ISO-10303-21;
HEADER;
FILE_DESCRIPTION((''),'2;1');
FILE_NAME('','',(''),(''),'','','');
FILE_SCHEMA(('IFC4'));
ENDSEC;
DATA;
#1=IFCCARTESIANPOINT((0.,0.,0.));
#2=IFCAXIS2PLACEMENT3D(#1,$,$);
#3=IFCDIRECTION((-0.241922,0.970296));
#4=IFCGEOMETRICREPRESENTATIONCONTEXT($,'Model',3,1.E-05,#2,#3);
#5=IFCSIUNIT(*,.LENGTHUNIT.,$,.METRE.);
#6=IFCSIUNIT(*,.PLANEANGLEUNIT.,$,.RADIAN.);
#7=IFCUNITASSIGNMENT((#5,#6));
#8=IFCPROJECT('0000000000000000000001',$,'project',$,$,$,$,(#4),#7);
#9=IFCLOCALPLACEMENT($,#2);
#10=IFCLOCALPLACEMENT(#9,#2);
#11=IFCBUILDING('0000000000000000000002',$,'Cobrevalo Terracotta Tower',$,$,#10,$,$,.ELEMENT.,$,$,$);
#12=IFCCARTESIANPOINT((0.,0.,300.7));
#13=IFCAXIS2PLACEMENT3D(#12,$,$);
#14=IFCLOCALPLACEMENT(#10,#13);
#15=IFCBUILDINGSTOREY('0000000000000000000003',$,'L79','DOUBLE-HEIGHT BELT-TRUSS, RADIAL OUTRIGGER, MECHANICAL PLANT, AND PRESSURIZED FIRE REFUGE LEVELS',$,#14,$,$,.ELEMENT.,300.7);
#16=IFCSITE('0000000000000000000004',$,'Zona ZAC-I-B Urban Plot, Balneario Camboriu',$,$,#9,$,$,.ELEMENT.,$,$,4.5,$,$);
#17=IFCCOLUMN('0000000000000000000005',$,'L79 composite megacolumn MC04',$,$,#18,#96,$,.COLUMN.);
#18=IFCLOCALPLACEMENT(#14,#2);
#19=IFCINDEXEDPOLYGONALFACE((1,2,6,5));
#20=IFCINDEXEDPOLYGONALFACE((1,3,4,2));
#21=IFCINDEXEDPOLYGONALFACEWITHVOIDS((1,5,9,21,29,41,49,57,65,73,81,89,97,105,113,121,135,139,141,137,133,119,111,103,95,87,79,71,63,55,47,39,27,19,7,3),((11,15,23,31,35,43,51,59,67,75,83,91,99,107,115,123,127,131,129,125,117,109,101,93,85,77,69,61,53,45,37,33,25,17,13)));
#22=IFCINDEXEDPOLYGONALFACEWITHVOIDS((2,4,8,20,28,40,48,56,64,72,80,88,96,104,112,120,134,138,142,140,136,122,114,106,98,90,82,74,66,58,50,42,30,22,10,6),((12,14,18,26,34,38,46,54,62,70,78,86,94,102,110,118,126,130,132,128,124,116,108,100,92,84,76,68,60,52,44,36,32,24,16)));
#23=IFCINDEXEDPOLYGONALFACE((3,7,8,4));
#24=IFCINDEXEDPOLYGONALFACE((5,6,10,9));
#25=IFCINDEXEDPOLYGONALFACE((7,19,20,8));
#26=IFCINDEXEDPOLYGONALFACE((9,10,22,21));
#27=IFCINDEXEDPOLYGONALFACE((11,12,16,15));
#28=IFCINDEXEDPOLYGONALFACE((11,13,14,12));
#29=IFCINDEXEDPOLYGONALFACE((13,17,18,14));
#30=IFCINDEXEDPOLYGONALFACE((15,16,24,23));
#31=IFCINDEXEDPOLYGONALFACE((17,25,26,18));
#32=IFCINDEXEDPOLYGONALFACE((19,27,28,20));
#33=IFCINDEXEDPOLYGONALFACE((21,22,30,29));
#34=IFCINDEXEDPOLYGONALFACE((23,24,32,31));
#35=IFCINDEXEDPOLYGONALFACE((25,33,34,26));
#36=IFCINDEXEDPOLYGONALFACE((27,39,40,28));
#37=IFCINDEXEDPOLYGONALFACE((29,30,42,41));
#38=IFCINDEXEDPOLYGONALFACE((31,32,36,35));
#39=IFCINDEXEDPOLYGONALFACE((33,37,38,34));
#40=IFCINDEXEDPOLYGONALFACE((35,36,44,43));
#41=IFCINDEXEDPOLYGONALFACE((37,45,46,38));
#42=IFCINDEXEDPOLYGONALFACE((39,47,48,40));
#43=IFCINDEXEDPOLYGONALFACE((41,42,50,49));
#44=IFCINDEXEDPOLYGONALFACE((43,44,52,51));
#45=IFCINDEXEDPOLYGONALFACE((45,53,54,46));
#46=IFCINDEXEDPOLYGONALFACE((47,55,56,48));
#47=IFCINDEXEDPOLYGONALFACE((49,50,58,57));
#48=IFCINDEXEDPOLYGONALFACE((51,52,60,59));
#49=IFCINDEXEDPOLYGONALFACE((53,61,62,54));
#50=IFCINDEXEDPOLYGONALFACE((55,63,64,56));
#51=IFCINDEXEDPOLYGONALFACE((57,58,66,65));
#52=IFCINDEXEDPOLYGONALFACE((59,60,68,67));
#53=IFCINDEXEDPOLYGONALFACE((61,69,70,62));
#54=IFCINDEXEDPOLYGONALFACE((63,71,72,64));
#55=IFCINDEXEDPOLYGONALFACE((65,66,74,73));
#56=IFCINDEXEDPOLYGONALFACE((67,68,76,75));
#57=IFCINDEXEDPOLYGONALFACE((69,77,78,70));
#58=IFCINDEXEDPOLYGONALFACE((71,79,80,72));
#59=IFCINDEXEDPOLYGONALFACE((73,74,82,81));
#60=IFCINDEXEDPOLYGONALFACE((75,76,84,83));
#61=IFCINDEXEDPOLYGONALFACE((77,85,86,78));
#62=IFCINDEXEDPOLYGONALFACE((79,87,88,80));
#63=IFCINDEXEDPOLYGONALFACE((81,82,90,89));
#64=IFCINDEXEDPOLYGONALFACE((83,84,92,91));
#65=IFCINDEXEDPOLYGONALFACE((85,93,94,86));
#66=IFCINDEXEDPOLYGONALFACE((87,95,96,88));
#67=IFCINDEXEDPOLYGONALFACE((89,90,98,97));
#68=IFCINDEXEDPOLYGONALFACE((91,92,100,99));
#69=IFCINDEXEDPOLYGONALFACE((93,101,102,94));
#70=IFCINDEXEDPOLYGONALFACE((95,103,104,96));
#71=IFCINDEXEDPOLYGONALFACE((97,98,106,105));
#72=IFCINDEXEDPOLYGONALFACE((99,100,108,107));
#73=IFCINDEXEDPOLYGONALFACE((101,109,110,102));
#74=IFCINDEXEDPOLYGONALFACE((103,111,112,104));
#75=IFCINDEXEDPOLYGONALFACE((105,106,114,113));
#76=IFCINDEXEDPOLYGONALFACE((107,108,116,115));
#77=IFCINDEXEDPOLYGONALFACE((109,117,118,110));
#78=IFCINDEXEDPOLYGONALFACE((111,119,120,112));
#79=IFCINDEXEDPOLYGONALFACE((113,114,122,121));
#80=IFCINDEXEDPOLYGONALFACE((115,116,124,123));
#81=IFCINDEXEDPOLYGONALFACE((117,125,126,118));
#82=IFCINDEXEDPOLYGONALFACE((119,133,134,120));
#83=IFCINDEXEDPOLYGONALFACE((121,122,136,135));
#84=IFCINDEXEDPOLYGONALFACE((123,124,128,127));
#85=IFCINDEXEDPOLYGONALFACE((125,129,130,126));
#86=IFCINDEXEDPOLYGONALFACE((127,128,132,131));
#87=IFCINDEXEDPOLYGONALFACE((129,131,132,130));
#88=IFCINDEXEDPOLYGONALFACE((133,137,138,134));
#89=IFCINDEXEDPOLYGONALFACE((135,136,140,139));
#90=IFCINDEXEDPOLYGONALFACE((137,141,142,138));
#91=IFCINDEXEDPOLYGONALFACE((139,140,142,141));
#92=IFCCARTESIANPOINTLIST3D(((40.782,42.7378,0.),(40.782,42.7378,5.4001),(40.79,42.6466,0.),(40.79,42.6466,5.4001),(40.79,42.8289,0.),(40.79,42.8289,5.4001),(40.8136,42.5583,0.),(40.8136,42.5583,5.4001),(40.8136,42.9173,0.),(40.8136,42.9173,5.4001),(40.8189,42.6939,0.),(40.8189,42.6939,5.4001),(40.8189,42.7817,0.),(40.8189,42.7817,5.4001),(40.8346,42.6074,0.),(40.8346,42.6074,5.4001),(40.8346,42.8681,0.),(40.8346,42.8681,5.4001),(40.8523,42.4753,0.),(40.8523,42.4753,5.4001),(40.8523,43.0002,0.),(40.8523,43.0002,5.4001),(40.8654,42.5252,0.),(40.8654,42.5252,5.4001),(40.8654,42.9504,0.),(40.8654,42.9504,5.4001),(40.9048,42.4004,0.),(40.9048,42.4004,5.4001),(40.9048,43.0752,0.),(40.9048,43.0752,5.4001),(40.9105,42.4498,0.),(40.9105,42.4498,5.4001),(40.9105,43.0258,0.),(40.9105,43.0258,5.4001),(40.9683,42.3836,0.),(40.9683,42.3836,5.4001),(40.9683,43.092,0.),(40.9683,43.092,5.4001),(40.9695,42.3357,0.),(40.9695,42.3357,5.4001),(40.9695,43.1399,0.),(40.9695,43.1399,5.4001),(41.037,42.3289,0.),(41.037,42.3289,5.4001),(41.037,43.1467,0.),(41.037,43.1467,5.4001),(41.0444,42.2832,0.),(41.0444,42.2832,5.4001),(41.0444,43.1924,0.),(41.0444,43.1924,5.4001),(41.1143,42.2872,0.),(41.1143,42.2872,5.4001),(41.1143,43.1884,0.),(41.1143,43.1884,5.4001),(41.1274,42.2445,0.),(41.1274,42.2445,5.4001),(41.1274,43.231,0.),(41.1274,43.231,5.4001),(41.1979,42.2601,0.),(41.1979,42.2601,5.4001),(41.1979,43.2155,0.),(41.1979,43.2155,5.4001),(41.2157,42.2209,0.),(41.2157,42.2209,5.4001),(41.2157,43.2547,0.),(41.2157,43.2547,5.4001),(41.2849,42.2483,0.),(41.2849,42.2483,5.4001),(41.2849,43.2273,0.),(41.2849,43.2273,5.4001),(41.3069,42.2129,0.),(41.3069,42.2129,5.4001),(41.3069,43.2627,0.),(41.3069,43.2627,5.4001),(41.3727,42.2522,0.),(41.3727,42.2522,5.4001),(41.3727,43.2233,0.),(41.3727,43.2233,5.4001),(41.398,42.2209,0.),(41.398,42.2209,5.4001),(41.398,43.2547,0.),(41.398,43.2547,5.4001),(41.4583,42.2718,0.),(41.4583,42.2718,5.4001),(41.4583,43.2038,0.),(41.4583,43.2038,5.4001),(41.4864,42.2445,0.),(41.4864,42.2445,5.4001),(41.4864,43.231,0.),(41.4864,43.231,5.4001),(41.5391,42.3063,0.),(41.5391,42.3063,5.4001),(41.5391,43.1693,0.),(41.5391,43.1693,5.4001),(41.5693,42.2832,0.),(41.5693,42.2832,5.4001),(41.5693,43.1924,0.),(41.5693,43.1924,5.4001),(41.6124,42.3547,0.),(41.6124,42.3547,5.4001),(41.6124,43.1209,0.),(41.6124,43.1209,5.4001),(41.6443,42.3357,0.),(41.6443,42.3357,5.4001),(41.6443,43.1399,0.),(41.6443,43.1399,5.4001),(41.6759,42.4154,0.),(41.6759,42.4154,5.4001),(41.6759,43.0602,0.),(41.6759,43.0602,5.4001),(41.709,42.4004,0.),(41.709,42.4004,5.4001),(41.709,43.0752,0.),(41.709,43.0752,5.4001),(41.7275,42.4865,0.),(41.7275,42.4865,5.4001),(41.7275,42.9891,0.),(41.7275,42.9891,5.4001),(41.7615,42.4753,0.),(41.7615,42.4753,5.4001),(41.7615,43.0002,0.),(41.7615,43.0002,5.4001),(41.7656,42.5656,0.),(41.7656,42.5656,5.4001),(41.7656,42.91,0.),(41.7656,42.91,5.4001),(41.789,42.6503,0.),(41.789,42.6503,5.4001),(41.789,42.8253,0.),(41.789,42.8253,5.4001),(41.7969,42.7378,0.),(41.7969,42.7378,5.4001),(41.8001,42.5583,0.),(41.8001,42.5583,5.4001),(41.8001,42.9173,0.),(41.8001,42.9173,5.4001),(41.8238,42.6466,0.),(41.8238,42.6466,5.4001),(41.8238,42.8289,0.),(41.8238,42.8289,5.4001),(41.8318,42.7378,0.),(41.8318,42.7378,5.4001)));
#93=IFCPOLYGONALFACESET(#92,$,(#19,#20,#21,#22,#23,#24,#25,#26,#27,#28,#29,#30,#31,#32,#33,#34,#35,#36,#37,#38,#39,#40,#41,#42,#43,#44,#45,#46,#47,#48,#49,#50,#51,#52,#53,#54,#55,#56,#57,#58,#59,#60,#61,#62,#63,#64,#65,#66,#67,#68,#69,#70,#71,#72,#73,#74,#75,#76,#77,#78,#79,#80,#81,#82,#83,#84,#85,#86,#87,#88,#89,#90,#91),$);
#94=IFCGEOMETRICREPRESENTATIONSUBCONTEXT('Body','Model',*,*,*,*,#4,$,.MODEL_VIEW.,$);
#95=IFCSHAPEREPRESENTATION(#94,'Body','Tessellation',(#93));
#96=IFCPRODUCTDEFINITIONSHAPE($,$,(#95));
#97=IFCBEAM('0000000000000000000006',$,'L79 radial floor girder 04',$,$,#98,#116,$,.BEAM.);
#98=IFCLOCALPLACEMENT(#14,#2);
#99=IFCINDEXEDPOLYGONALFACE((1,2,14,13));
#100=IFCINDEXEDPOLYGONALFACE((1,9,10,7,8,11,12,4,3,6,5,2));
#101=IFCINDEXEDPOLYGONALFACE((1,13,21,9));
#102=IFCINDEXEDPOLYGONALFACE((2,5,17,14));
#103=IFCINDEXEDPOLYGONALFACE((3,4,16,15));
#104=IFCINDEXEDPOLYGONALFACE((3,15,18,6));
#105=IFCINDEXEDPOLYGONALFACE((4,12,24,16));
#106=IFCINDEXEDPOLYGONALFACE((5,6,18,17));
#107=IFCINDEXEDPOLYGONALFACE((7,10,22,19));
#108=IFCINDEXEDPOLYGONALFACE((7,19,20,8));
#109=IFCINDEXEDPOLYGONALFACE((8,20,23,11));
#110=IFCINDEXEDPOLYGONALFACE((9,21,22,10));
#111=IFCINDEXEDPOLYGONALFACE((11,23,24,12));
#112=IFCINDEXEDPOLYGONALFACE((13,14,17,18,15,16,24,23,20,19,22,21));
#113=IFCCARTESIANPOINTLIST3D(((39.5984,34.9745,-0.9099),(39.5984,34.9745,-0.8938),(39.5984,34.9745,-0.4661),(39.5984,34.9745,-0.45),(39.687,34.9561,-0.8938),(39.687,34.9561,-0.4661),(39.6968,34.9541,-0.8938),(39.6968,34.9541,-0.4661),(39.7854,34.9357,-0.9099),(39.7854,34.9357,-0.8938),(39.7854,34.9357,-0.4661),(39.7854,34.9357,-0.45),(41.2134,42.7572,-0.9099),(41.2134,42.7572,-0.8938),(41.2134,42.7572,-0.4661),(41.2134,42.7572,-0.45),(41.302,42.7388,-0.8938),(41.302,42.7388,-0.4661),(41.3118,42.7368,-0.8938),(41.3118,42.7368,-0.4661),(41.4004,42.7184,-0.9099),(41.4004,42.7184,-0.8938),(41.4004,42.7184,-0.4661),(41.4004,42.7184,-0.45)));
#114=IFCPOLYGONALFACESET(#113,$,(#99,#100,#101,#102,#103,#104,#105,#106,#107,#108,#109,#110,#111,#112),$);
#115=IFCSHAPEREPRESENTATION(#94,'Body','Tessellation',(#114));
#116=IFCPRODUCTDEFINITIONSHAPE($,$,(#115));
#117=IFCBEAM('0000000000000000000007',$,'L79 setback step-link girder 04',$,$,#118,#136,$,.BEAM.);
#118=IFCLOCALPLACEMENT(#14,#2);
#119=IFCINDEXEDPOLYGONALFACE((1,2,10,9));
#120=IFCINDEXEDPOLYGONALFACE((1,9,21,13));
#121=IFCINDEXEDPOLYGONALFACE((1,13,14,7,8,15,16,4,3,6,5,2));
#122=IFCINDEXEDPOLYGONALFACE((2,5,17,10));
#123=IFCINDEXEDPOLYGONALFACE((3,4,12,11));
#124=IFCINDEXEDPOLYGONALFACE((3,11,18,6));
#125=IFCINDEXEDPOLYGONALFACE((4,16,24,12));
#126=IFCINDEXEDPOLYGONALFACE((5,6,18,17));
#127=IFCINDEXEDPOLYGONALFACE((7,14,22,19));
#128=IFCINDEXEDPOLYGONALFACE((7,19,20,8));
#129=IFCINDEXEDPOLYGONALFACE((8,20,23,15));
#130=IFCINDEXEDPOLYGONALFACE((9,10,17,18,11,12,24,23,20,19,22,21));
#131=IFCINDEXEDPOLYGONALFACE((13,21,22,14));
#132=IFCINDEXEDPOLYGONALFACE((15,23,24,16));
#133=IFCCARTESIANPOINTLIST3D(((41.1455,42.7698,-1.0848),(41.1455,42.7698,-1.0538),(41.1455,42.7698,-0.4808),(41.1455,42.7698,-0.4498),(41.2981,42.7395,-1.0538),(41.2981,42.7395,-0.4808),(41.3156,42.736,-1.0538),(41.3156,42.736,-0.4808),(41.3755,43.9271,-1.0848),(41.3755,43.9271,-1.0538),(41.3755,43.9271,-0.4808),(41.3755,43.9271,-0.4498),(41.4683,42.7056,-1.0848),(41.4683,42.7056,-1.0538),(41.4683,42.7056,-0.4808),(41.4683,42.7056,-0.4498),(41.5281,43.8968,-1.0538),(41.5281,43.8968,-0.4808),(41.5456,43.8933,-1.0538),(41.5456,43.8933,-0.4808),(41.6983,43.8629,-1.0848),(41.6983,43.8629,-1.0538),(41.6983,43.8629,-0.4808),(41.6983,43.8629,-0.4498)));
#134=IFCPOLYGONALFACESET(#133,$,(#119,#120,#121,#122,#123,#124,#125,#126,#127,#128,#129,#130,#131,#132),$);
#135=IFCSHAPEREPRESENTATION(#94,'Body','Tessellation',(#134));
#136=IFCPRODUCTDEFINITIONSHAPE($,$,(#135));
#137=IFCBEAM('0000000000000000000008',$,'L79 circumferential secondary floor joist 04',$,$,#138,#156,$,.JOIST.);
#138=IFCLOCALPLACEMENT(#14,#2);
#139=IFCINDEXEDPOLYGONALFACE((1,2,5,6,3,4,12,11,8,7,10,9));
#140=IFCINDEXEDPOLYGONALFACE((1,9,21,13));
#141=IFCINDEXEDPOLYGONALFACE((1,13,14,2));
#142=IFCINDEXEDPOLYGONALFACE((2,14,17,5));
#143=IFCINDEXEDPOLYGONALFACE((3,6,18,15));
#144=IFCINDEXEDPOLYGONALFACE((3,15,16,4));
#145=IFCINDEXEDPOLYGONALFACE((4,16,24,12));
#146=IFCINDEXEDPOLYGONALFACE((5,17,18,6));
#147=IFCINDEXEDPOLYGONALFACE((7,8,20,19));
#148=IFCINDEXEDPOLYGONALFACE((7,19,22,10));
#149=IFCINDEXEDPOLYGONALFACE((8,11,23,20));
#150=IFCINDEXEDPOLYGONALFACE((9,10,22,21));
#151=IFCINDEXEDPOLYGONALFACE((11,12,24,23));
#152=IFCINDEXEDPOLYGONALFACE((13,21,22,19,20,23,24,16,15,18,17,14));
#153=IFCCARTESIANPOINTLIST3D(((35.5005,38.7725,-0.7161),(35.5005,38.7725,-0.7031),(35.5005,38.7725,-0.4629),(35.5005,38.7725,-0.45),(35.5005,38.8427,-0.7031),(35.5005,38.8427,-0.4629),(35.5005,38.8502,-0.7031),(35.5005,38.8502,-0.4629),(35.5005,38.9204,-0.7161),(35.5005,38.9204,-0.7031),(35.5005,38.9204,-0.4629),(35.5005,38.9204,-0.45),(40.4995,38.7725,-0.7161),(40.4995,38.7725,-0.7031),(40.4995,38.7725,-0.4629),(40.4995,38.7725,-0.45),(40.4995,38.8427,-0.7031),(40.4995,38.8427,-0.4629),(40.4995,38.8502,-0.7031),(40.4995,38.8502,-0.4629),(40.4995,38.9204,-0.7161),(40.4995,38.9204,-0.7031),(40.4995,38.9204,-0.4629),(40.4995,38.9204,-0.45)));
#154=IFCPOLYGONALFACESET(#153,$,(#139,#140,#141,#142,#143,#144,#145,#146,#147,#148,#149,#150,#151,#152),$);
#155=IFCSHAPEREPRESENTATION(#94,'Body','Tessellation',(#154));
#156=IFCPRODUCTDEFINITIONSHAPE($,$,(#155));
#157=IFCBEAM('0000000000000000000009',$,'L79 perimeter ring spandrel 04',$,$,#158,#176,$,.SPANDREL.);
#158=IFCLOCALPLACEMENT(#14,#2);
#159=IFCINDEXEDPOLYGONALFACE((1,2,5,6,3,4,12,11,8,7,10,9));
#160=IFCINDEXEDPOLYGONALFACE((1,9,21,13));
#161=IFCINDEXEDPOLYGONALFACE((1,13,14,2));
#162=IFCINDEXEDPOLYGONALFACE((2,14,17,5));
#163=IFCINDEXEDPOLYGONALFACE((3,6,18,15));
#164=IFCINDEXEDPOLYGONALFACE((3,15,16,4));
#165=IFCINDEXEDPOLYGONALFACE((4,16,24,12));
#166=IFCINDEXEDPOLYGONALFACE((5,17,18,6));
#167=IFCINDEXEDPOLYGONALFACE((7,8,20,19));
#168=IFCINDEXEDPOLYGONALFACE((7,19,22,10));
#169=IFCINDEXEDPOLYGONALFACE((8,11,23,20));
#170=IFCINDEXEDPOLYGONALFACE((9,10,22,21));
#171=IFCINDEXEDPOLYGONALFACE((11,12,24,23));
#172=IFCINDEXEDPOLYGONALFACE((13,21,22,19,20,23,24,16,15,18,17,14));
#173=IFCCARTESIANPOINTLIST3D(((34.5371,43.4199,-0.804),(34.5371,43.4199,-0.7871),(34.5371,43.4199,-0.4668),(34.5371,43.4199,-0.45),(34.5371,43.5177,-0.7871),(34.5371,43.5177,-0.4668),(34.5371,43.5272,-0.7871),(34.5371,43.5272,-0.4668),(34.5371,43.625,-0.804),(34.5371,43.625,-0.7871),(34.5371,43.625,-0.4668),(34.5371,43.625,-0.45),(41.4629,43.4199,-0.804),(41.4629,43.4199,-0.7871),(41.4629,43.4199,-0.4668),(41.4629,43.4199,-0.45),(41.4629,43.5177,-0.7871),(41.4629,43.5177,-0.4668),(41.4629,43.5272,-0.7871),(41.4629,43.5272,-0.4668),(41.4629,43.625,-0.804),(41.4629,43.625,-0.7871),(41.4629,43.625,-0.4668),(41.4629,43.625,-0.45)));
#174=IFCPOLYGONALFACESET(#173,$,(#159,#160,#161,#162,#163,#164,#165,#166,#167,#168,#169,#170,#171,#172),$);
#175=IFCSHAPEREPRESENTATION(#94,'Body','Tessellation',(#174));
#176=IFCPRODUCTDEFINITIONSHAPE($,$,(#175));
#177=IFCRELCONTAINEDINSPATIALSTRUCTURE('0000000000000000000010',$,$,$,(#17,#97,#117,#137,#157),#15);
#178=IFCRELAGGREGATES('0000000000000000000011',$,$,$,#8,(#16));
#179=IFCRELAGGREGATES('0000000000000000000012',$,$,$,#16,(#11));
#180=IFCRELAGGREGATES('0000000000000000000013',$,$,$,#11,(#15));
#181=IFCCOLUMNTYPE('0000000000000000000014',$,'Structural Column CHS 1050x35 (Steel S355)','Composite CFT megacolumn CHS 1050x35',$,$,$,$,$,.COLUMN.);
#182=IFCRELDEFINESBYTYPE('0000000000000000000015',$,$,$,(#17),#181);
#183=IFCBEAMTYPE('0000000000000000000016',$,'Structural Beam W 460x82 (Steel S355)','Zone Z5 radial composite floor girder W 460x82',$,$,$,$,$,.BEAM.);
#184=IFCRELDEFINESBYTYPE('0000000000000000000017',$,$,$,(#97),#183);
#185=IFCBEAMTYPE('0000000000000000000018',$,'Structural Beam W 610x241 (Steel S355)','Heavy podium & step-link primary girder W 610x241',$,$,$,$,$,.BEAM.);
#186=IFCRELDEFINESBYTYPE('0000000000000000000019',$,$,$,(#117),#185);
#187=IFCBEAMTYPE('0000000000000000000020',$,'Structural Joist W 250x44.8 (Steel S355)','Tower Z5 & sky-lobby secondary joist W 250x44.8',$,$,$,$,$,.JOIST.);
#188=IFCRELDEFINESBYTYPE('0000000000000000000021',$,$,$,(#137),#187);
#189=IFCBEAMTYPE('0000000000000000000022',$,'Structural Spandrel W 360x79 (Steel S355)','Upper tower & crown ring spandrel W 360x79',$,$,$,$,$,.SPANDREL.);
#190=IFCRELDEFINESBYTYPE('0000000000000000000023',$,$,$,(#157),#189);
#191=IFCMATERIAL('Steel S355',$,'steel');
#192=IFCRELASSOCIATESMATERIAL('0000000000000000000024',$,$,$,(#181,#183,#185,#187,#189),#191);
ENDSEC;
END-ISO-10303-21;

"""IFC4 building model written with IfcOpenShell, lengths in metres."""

from ifc_helpers import new_model, si_unit, direction, frame, origin, origin_2d, place, context, subcontext, project, spatial, hollow_circle, i_section, extrude, material, material_profile, profile_set, type_object, element, save


model = new_model("IFC4")

# Units and contexts
model_context = context("Model", 3, precision=1e-05, world=origin(), true_north=direction((-0.241922, 0.970296)))
body_context = subcontext(model_context, "Body", "Model", "MODEL_VIEW")
ifc_project = project(units=[si_unit("LENGTHUNIT", "METRE"), si_unit("PLANEANGLEUNIT", "RADIAN")], contexts=[model_context])

# Site, building, storey
site_placement = place(None, origin())
site = spatial("IfcSite", under=ifc_project, at=site_placement, Name="Zona ZAC-I-B Urban Plot, Balneario Camboriu", CompositionType="ELEMENT", RefElevation=4.5)
building_placement = place(site_placement, origin())
building = spatial("IfcBuilding", under=site, at=building_placement, Name="Cobrevalo Terracotta Tower", CompositionType="ELEMENT")
storey_placement = place(building_placement, frame((0.0, 0.0, 300.7)))
storey = spatial("IfcBuildingStorey", under=building, at=storey_placement, Name="L79", Description="DOUBLE-HEIGHT BELT-TRUSS, RADIAL OUTRIGGER, MECHANICAL PLANT, AND PRESSURIZED FIRE REFUGE LEVELS", CompositionType="ELEMENT", Elevation=300.7)

# Column
ifc_material_1 = material(Name="Steel S355", Category="steel")
ifc_material_profile_1 = material_profile(ifc_material_1, hollow_circle(Radius=0.5249, WallThickness=0.0349, at=origin_2d()), Name="CHS 1050x35")
ifc_profile_set_1 = profile_set([ifc_material_profile_1], Name="Steel S355")
column_type = type_object("IfcColumnType", Name="Structural Column CHS 1050x35 (Steel S355)", Description="Composite CFT megacolumn CHS 1050x35", PredefinedType="COLUMN", material=ifc_profile_set_1)
column_placement = place(storey_placement, frame((41.3069, 42.7378, 0.0), z_axis=(0.0, 0.0, 1.0), x_axis=(1.0, 0.0, 0.0)))
element("IfcColumn", 1, at=column_placement, inside=storey, type_object=column_type, Name="L79 composite megacolumn MC04", PredefinedType="COLUMN", context=body_context, shape_type="SweptSolid", body=[
    extrude(hollow_circle(Radius=0.5249, WallThickness=0.0349, at=origin_2d()), origin(), (0.0, 0.0, 1.0), 5.4001),
])

# Beams
ifc_material_profile_2 = material_profile(ifc_material_1, i_section(OverallWidth=0.1909, OverallDepth=0.46, WebThickness=0.01, FlangeThickness=0.0161, at=origin_2d()), Name="W 460x82")
ifc_profile_set_2 = profile_set([ifc_material_profile_2], Name="Steel S355")
beam_type_1 = type_object("IfcBeamType", Name="Structural Beam W 460x82 (Steel S355)", Description="Zone Z5 radial composite floor girder W 460x82", PredefinedType="BEAM", material=ifc_profile_set_2)
beam_1_placement = place(storey_placement, frame((41.3069, 42.7378, -0.6799), z_axis=(-0.203181, -0.979141, 0.0), x_axis=(0.979141, -0.203181, 0.0)))
element("IfcBeam", 2, at=beam_1_placement, inside=storey, type_object=beam_type_1, Name="L79 radial floor girder 04", PredefinedType="BEAM", context=body_context, shape_type="SweptSolid", body=[
    extrude(i_section(OverallWidth=0.1909, OverallDepth=0.46, WebThickness=0.01, FlangeThickness=0.0161, at=origin_2d()), origin(), (0.0, 0.0, 1.0), 7.9485),
])
ifc_material_profile_3 = material_profile(ifc_material_1, i_section(OverallWidth=0.3291, OverallDepth=0.635, WebThickness=0.0178, FlangeThickness=0.031, at=origin_2d()), Name="W 610x241")
ifc_profile_set_3 = profile_set([ifc_material_profile_3], Name="Steel S355")
beam_type_2 = type_object("IfcBeamType", Name="Structural Beam W 610x241 (Steel S355)", Description="Heavy podium & step-link primary girder W 610x241", PredefinedType="BEAM", material=ifc_profile_set_3)
beam_2_placement = place(storey_placement, frame((41.5369, 43.895, -0.7673), z_axis=(-0.194922, -0.980819, 0.0), x_axis=(0.980819, -0.194922, 0.0)))
element("IfcBeam", 3, at=beam_2_placement, inside=storey, type_object=beam_type_2, Name="L79 setback step-link girder 04", PredefinedType="BEAM", context=body_context, shape_type="SweptSolid", body=[
    extrude(i_section(OverallWidth=0.3291, OverallDepth=0.635, WebThickness=0.0178, FlangeThickness=0.031, at=origin_2d()), origin(), (0.0, 0.0, 1.0), 1.1799),
])
ifc_material_profile_4 = material_profile(ifc_material_1, i_section(OverallWidth=0.1479, OverallDepth=0.2661, WebThickness=0.0076, FlangeThickness=0.0129, at=origin_2d()), Name="W 250x44.8")
ifc_profile_set_4 = profile_set([ifc_material_profile_4], Name="Steel S355")
beam_type_3 = type_object("IfcBeamType", Name="Structural Joist W 250x44.8 (Steel S355)", Description="Tower Z5 & sky-lobby secondary joist W 250x44.8", PredefinedType="JOIST", material=ifc_profile_set_4)
beam_3_placement = place(storey_placement, frame((40.4995, 38.8464, -0.583), z_axis=(-1.0, 0.0, 0.0), x_axis=(0.0, -1.0, 0.0)))
element("IfcBeam", 4, at=beam_3_placement, inside=storey, type_object=beam_type_3, Name="L79 circumferential secondary floor joist 04", PredefinedType="JOIST", context=body_context, shape_type="SweptSolid", body=[
    extrude(i_section(OverallWidth=0.1479, OverallDepth=0.2661, WebThickness=0.0076, FlangeThickness=0.0129, at=origin_2d()), origin(), (0.0, 0.0, 1.0), 4.999),
])
ifc_material_profile_5 = material_profile(ifc_material_1, i_section(OverallWidth=0.2051, OverallDepth=0.354, WebThickness=0.0095, FlangeThickness=0.0168, at=origin_2d()), Name="W 360x79")
ifc_profile_set_5 = profile_set([ifc_material_profile_5], Name="Steel S355")
beam_type_4 = type_object("IfcBeamType", Name="Structural Spandrel W 360x79 (Steel S355)", Description="Upper tower & crown ring spandrel W 360x79", PredefinedType="SPANDREL", material=ifc_profile_set_5)
beam_4_placement = place(storey_placement, frame((41.4629, 43.5225, -0.627), z_axis=(-1.0, 0.0, 0.0), x_axis=(0.0, -1.0, 0.0)))
element("IfcBeam", 5, at=beam_4_placement, inside=storey, type_object=beam_type_4, Name="L79 perimeter ring spandrel 04", PredefinedType="SPANDREL", context=body_context, shape_type="SweptSolid", body=[
    extrude(i_section(OverallWidth=0.2051, OverallDepth=0.354, WebThickness=0.0095, FlangeThickness=0.0168, at=origin_2d()), origin(), (0.0, 0.0, 1.0), 6.9258),
])

save(model, "model.ifc")
